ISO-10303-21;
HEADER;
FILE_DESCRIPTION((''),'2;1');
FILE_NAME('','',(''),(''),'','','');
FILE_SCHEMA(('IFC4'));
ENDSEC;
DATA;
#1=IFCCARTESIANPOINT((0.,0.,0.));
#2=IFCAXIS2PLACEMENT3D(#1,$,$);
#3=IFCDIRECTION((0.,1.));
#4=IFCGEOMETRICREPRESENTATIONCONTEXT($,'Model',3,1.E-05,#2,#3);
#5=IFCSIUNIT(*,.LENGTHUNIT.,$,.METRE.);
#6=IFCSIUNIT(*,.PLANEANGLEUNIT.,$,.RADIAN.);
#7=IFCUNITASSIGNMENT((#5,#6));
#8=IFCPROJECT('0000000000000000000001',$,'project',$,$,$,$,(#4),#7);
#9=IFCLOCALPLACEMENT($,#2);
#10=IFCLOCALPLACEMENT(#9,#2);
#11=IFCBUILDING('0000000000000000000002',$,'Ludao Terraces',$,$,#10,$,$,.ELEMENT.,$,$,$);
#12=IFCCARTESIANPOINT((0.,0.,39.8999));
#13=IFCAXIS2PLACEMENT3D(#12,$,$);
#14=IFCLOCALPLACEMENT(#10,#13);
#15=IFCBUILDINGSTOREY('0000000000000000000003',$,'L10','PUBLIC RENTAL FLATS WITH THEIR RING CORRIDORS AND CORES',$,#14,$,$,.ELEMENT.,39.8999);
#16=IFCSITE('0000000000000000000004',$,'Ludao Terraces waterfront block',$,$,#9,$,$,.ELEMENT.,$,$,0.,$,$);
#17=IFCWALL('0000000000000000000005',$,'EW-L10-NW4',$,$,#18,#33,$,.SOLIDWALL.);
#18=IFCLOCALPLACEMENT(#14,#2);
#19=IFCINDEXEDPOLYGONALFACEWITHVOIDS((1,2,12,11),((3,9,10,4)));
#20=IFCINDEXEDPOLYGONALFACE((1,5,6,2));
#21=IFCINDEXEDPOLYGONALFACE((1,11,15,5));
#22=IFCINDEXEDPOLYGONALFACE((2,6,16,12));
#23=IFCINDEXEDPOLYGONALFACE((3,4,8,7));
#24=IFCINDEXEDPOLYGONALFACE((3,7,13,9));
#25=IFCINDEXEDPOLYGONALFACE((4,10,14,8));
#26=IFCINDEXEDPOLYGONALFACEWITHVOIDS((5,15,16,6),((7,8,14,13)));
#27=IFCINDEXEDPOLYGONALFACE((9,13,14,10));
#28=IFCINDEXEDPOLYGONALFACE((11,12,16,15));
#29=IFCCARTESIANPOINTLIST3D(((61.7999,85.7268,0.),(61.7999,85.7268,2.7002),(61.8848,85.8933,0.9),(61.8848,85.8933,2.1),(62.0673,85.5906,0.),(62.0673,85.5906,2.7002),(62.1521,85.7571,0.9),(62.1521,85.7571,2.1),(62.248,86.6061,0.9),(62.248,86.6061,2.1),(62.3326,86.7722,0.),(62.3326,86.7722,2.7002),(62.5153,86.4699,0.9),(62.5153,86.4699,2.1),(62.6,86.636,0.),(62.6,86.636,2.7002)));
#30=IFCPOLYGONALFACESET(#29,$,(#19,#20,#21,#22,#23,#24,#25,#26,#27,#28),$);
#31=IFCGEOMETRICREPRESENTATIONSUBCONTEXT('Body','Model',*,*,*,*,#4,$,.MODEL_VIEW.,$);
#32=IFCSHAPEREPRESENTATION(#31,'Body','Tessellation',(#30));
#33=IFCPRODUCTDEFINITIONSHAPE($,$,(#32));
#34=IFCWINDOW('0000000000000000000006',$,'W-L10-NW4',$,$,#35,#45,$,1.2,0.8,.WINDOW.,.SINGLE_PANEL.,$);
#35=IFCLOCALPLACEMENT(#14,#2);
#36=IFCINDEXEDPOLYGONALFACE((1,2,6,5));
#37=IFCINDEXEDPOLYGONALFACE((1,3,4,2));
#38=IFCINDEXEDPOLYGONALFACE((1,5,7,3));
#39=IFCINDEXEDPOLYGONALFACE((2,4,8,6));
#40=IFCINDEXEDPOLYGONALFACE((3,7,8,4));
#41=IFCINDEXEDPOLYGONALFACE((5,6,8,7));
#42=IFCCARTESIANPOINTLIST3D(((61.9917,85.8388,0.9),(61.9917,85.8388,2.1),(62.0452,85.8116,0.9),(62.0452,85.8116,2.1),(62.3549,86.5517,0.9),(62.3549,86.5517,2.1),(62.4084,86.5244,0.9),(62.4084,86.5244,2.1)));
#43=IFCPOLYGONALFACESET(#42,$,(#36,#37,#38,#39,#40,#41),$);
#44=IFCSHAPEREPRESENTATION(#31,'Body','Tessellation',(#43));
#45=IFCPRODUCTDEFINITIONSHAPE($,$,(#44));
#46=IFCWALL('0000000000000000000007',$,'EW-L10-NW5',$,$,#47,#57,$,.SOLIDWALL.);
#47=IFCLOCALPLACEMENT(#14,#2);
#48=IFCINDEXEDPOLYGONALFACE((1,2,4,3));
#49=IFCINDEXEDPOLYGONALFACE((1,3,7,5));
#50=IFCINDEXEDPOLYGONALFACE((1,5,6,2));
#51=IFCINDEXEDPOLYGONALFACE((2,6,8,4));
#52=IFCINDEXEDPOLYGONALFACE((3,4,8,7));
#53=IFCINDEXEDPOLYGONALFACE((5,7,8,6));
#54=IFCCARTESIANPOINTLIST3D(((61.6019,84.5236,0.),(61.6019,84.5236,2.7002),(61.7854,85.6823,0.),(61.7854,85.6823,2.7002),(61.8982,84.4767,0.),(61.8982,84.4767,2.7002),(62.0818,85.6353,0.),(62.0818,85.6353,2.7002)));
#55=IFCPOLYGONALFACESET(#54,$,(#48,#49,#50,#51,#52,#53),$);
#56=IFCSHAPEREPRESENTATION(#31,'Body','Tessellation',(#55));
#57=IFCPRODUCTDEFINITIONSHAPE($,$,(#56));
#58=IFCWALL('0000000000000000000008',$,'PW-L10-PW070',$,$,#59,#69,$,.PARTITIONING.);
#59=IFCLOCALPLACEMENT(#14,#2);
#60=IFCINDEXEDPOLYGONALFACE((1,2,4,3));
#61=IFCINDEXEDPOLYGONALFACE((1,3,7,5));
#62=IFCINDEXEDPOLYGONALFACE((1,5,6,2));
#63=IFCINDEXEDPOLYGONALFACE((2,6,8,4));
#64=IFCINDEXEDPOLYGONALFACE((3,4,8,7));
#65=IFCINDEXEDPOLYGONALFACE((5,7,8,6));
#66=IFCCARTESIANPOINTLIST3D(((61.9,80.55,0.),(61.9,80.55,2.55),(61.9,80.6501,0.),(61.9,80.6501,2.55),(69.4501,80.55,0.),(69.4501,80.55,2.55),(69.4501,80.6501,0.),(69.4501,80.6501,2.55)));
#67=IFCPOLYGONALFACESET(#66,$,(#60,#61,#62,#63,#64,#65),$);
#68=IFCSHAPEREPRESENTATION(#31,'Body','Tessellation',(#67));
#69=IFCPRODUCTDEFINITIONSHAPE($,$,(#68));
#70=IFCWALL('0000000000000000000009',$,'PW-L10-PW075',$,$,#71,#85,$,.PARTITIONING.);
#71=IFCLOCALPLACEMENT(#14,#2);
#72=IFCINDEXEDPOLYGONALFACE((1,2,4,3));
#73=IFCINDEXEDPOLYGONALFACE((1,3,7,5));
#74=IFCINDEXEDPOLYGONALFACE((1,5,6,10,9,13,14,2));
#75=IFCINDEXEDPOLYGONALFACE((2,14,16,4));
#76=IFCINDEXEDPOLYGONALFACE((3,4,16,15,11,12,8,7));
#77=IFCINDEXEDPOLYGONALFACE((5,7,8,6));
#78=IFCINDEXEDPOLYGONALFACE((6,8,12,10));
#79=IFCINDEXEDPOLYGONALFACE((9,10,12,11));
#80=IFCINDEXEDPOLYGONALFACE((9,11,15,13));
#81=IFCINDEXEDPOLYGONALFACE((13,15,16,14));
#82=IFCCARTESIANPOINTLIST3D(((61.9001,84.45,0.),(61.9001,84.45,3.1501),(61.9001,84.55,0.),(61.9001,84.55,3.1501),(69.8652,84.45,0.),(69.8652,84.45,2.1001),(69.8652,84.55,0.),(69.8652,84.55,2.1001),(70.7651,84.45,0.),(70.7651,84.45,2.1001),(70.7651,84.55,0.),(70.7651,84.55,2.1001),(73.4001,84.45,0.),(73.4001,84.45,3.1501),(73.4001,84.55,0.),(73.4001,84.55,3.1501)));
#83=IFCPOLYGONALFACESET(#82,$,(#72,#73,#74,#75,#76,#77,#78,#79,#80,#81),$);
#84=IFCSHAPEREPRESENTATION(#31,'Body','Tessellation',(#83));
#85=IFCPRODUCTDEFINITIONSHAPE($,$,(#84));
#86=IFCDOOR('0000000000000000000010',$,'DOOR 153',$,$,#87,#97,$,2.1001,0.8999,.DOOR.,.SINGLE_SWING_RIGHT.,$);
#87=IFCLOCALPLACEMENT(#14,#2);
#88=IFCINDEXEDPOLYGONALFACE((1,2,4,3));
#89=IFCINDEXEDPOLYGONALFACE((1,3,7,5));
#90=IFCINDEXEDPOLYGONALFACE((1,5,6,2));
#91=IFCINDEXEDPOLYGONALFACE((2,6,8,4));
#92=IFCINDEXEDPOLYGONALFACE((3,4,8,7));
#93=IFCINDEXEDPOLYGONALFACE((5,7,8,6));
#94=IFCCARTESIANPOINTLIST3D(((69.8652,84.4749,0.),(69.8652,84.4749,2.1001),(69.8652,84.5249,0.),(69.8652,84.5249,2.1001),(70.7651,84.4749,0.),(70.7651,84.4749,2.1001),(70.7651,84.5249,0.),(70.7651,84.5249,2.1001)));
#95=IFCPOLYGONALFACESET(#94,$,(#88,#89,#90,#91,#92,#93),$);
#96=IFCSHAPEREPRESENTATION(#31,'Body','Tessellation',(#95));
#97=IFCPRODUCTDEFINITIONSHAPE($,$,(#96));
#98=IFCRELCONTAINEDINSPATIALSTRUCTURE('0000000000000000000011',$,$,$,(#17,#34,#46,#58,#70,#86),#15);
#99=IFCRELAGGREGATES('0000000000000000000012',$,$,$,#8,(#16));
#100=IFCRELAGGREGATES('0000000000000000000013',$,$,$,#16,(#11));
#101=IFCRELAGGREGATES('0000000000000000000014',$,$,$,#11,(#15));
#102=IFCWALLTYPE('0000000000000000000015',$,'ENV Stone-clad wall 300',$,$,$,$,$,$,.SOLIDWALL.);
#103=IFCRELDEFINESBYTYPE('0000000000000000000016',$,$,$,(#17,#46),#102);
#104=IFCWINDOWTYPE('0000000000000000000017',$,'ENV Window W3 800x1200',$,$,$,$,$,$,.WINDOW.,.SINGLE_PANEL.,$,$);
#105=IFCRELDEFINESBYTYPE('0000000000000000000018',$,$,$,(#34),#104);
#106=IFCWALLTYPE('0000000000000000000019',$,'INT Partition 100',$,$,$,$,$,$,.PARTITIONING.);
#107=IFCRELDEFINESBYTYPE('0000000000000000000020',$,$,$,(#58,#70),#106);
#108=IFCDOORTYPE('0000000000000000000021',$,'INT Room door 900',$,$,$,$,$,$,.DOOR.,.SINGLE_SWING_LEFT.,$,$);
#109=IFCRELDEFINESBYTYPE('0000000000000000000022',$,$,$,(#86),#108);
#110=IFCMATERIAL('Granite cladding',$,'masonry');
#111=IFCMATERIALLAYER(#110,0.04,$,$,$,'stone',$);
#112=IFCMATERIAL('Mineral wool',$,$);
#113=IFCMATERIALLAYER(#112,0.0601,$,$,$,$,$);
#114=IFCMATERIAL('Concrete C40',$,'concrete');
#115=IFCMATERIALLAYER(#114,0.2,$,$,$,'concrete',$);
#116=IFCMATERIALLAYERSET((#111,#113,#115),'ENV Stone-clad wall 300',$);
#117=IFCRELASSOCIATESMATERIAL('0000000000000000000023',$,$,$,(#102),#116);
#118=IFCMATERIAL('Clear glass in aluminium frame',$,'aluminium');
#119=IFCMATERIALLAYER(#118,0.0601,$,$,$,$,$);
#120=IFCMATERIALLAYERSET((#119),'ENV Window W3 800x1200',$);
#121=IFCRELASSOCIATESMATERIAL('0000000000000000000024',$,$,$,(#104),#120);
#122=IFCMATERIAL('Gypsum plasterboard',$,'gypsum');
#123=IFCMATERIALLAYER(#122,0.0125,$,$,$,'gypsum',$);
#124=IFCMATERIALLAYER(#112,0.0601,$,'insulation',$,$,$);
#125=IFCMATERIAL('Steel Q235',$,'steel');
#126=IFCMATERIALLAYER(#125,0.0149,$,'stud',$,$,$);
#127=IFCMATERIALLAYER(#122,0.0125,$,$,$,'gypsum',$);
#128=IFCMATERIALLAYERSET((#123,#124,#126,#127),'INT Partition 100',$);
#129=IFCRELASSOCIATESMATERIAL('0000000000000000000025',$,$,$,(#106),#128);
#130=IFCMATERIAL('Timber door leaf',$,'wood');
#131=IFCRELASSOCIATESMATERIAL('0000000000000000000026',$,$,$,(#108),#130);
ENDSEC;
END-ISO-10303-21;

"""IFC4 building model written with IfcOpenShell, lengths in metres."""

from ifc_helpers import new_model, si_unit, direction, frame, frame_2d, origin, place, context, subcontext, project, spatial, rectangle, extrude, material, layer, layer_set, type_object, element, fill, save


model = new_model("IFC4")

# Units and contexts
model_context = context("Model", 3, precision=1e-05, world=origin(), true_north=direction((0.0, 1.0)))
body_context = subcontext(model_context, "Body", "Model", "MODEL_VIEW")
ifc_project = project(units=[si_unit("LENGTHUNIT", "METRE"), si_unit("PLANEANGLEUNIT", "RADIAN")], contexts=[model_context])

# Site, building, storey
site_placement = place(None, origin())
site = spatial("IfcSite", under=ifc_project, at=site_placement, Name="Ludao Terraces waterfront block", CompositionType="ELEMENT", RefElevation=0.0)
building_placement = place(site_placement, origin())
building = spatial("IfcBuilding", under=site, at=building_placement, Name="Ludao Terraces", CompositionType="ELEMENT")
storey_placement = place(building_placement, frame((0.0, 0.0, 39.8999)))
storey = spatial("IfcBuildingStorey", under=building, at=storey_placement, Name="L10", Description="PUBLIC RENTAL FLATS WITH THEIR RING CORRIDORS AND CORES", CompositionType="ELEMENT", Elevation=39.8999)

# Shared definitions
ifc_material_1 = material(Name="Concrete C40", Category="concrete")

# Wall, opening, window
ifc_material_2 = material(Name="Granite cladding", Category="masonry")
ifc_layer_1 = layer(ifc_material_2, 0.04, Category="stone")
ifc_material_3 = material(Name="Mineral wool")
ifc_layer_2 = layer(ifc_material_3, 0.0601)
ifc_layer_3 = layer(ifc_material_1, 0.2, Category="concrete")
ifc_layer_set_1 = layer_set([ifc_layer_1, ifc_layer_2, ifc_layer_3], Name="ENV Stone-clad wall 300")
wall_type_1 = type_object("IfcWallType", Name="ENV Stone-clad wall 300", PredefinedType="SOLIDWALL", material=ifc_layer_set_1)
ifc_material_4 = material(Name="Clear glass in aluminium frame", Category="aluminium")
ifc_layer_4 = layer(ifc_material_4, 0.0601)
ifc_layer_set_2 = layer_set([ifc_layer_4], Name="ENV Window W3 800x1200")
window_type_1 = type_object("IfcWindowType", Name="ENV Window W3 800x1200", PartitioningType="SINGLE_PANEL", PredefinedType="WINDOW", material=ifc_layer_set_2)
wall_1_placement = place(storey_placement, frame((62.4663, 86.7041, 0.0), z_axis=(0.0, 0.0, 1.0), x_axis=(-0.454026, -0.890989, 0.0)))
wall_1 = element("IfcWall", 1, at=wall_1_placement, inside=storey, type_object=wall_type_1, Name="EW-L10-NW4", PredefinedType="SOLIDWALL", context=body_context, shape_type="SweptSolid", body=[
    extrude(rectangle(XDim=1.1733, YDim=0.3, at=frame_2d((0.5867, 0.0))), origin(), (0.0, 0.0, 1.0), 2.7002),
])
opening_1_placement = place(wall_1_placement, frame((0.1865, 0.0, 0.8999)))
opening_1 = element("IfcOpeningElement", 2, at=opening_1_placement, cuts=wall_1, PredefinedType="OPENING", context=body_context, shape_type="SweptSolid", body=[
    extrude(rectangle(XDim=0.8, YDim=1.2, at=frame_2d((0.3999, 0.6001))), frame((0.0, 0.1602, 0.0), z_axis=(0.0, -1.0, 0.0), x_axis=(1.0, 0.0, 0.0)), (0.0, 0.0, 1.0), 0.3201),
])
window_1_placement = place(opening_1_placement, origin())
window_1 = element("IfcWindow", 3, at=window_1_placement, inside=storey, type_object=window_type_1, Name="W-L10-NW4", OverallHeight=1.2, OverallWidth=0.8, PartitioningType="SINGLE_PANEL", PredefinedType="WINDOW", context=body_context, shape_type="SweptSolid", body=[
    extrude(rectangle(XDim=0.8, YDim=1.2, at=frame_2d((0.3999, 0.6001))), frame((0.0, 0.03, 0.0), z_axis=(0.0, -1.0, 0.0), x_axis=(1.0, 0.0, 0.0)), (0.0, 0.0, 1.0), 0.0601),
])
fill(opening_1, window_1)

# Walls
wall_2_placement = place(storey_placement, frame((61.9336, 85.6587, 0.0), z_axis=(0.0, 0.0, 1.0), x_axis=(-0.156497, -0.987678, 0.0)))
element("IfcWall", 4, at=wall_2_placement, inside=storey, type_object=wall_type_1, Name="EW-L10-NW5", PredefinedType="SOLIDWALL", context=body_context, shape_type="SweptSolid", body=[
    extrude(rectangle(XDim=1.1731, YDim=0.3, at=frame_2d((0.5864, 0.0))), origin(), (0.0, 0.0, 1.0), 2.7002),
])
ifc_material_5 = material(Name="Gypsum plasterboard", Category="gypsum")
ifc_layer_5 = layer(ifc_material_5, 0.0125, Category="gypsum")
ifc_layer_6 = layer(ifc_material_3, 0.0601, Name="insulation")
ifc_material_6 = material(Name="Steel Q235", Category="steel")
ifc_layer_7 = layer(ifc_material_6, 0.0149, Name="stud")
ifc_layer_8 = layer(ifc_material_5, 0.0125, Category="gypsum")
ifc_layer_set_3 = layer_set([ifc_layer_5, ifc_layer_6, ifc_layer_7, ifc_layer_8], Name="INT Partition 100")
wall_type_2 = type_object("IfcWallType", Name="INT Partition 100", PredefinedType="PARTITIONING", material=ifc_layer_set_3)
wall_3_placement = place(storey_placement, frame((61.9001, 80.6001, 0.0), z_axis=(0.0, 0.0, 1.0), x_axis=(1.0, 0.0, 0.0)))
element("IfcWall", 5, at=wall_3_placement, inside=storey, type_object=wall_type_2, Name="PW-L10-PW070", PredefinedType="PARTITIONING", context=body_context, shape_type="SweptSolid", body=[
    extrude(rectangle(XDim=7.55, YDim=0.1001, at=frame_2d((3.7749, 0.0))), origin(), (0.0, 0.0, 1.0), 2.55),
])

# Wall, opening, door
wall_4_placement = place(storey_placement, frame((61.9001, 84.5, 0.0), z_axis=(0.0, 0.0, 1.0), x_axis=(1.0, 0.0, 0.0)))
wall_4 = element("IfcWall", 6, at=wall_4_placement, inside=storey, type_object=wall_type_2, Name="PW-L10-PW075", PredefinedType="PARTITIONING", context=body_context, shape_type="SweptSolid", body=[
    extrude(rectangle(XDim=11.5, YDim=0.1001, at=frame_2d((5.75, 0.0))), origin(), (0.0, 0.0, 1.0), 3.1501),
])
opening_2_placement = place(wall_4_placement, frame((7.9651, 0.0, 0.0)))
opening_2 = element("IfcOpeningElement", 7, at=opening_2_placement, cuts=wall_4, PredefinedType="OPENING", context=body_context, shape_type="SweptSolid", body=[
    extrude(rectangle(XDim=0.8999, YDim=2.1001, at=frame_2d((0.45, 1.05))), frame((0.0, 0.0601, 0.0), z_axis=(0.0, -1.0, 0.0), x_axis=(1.0, 0.0, 0.0)), (0.0, 0.0, 1.0), 0.1201),
])
ifc_material_7 = material(Name="Timber door leaf", Category="wood")
door_type = type_object("IfcDoorType", Name="INT Room door 900", OperationType="SINGLE_SWING_LEFT", PredefinedType="DOOR", material=ifc_material_7)
door_placement = place(opening_2_placement, origin())
door = element("IfcDoor", 8, at=door_placement, inside=storey, type_object=door_type, Name="DOOR 153", OperationType="SINGLE_SWING_RIGHT", OverallHeight=2.1001, OverallWidth=0.8999, PredefinedType="DOOR", context=body_context, shape_type="SweptSolid", body=[
    extrude(rectangle(XDim=0.8999, YDim=2.1001, at=frame_2d((0.45, 1.05))), frame((0.0, 0.0249, 0.0), z_axis=(0.0, -1.0, 0.0), x_axis=(1.0, 0.0, 0.0)), (0.0, 0.0, 1.0), 0.05),
])
fill(opening_2, door)

save(model, "model.ifc")
